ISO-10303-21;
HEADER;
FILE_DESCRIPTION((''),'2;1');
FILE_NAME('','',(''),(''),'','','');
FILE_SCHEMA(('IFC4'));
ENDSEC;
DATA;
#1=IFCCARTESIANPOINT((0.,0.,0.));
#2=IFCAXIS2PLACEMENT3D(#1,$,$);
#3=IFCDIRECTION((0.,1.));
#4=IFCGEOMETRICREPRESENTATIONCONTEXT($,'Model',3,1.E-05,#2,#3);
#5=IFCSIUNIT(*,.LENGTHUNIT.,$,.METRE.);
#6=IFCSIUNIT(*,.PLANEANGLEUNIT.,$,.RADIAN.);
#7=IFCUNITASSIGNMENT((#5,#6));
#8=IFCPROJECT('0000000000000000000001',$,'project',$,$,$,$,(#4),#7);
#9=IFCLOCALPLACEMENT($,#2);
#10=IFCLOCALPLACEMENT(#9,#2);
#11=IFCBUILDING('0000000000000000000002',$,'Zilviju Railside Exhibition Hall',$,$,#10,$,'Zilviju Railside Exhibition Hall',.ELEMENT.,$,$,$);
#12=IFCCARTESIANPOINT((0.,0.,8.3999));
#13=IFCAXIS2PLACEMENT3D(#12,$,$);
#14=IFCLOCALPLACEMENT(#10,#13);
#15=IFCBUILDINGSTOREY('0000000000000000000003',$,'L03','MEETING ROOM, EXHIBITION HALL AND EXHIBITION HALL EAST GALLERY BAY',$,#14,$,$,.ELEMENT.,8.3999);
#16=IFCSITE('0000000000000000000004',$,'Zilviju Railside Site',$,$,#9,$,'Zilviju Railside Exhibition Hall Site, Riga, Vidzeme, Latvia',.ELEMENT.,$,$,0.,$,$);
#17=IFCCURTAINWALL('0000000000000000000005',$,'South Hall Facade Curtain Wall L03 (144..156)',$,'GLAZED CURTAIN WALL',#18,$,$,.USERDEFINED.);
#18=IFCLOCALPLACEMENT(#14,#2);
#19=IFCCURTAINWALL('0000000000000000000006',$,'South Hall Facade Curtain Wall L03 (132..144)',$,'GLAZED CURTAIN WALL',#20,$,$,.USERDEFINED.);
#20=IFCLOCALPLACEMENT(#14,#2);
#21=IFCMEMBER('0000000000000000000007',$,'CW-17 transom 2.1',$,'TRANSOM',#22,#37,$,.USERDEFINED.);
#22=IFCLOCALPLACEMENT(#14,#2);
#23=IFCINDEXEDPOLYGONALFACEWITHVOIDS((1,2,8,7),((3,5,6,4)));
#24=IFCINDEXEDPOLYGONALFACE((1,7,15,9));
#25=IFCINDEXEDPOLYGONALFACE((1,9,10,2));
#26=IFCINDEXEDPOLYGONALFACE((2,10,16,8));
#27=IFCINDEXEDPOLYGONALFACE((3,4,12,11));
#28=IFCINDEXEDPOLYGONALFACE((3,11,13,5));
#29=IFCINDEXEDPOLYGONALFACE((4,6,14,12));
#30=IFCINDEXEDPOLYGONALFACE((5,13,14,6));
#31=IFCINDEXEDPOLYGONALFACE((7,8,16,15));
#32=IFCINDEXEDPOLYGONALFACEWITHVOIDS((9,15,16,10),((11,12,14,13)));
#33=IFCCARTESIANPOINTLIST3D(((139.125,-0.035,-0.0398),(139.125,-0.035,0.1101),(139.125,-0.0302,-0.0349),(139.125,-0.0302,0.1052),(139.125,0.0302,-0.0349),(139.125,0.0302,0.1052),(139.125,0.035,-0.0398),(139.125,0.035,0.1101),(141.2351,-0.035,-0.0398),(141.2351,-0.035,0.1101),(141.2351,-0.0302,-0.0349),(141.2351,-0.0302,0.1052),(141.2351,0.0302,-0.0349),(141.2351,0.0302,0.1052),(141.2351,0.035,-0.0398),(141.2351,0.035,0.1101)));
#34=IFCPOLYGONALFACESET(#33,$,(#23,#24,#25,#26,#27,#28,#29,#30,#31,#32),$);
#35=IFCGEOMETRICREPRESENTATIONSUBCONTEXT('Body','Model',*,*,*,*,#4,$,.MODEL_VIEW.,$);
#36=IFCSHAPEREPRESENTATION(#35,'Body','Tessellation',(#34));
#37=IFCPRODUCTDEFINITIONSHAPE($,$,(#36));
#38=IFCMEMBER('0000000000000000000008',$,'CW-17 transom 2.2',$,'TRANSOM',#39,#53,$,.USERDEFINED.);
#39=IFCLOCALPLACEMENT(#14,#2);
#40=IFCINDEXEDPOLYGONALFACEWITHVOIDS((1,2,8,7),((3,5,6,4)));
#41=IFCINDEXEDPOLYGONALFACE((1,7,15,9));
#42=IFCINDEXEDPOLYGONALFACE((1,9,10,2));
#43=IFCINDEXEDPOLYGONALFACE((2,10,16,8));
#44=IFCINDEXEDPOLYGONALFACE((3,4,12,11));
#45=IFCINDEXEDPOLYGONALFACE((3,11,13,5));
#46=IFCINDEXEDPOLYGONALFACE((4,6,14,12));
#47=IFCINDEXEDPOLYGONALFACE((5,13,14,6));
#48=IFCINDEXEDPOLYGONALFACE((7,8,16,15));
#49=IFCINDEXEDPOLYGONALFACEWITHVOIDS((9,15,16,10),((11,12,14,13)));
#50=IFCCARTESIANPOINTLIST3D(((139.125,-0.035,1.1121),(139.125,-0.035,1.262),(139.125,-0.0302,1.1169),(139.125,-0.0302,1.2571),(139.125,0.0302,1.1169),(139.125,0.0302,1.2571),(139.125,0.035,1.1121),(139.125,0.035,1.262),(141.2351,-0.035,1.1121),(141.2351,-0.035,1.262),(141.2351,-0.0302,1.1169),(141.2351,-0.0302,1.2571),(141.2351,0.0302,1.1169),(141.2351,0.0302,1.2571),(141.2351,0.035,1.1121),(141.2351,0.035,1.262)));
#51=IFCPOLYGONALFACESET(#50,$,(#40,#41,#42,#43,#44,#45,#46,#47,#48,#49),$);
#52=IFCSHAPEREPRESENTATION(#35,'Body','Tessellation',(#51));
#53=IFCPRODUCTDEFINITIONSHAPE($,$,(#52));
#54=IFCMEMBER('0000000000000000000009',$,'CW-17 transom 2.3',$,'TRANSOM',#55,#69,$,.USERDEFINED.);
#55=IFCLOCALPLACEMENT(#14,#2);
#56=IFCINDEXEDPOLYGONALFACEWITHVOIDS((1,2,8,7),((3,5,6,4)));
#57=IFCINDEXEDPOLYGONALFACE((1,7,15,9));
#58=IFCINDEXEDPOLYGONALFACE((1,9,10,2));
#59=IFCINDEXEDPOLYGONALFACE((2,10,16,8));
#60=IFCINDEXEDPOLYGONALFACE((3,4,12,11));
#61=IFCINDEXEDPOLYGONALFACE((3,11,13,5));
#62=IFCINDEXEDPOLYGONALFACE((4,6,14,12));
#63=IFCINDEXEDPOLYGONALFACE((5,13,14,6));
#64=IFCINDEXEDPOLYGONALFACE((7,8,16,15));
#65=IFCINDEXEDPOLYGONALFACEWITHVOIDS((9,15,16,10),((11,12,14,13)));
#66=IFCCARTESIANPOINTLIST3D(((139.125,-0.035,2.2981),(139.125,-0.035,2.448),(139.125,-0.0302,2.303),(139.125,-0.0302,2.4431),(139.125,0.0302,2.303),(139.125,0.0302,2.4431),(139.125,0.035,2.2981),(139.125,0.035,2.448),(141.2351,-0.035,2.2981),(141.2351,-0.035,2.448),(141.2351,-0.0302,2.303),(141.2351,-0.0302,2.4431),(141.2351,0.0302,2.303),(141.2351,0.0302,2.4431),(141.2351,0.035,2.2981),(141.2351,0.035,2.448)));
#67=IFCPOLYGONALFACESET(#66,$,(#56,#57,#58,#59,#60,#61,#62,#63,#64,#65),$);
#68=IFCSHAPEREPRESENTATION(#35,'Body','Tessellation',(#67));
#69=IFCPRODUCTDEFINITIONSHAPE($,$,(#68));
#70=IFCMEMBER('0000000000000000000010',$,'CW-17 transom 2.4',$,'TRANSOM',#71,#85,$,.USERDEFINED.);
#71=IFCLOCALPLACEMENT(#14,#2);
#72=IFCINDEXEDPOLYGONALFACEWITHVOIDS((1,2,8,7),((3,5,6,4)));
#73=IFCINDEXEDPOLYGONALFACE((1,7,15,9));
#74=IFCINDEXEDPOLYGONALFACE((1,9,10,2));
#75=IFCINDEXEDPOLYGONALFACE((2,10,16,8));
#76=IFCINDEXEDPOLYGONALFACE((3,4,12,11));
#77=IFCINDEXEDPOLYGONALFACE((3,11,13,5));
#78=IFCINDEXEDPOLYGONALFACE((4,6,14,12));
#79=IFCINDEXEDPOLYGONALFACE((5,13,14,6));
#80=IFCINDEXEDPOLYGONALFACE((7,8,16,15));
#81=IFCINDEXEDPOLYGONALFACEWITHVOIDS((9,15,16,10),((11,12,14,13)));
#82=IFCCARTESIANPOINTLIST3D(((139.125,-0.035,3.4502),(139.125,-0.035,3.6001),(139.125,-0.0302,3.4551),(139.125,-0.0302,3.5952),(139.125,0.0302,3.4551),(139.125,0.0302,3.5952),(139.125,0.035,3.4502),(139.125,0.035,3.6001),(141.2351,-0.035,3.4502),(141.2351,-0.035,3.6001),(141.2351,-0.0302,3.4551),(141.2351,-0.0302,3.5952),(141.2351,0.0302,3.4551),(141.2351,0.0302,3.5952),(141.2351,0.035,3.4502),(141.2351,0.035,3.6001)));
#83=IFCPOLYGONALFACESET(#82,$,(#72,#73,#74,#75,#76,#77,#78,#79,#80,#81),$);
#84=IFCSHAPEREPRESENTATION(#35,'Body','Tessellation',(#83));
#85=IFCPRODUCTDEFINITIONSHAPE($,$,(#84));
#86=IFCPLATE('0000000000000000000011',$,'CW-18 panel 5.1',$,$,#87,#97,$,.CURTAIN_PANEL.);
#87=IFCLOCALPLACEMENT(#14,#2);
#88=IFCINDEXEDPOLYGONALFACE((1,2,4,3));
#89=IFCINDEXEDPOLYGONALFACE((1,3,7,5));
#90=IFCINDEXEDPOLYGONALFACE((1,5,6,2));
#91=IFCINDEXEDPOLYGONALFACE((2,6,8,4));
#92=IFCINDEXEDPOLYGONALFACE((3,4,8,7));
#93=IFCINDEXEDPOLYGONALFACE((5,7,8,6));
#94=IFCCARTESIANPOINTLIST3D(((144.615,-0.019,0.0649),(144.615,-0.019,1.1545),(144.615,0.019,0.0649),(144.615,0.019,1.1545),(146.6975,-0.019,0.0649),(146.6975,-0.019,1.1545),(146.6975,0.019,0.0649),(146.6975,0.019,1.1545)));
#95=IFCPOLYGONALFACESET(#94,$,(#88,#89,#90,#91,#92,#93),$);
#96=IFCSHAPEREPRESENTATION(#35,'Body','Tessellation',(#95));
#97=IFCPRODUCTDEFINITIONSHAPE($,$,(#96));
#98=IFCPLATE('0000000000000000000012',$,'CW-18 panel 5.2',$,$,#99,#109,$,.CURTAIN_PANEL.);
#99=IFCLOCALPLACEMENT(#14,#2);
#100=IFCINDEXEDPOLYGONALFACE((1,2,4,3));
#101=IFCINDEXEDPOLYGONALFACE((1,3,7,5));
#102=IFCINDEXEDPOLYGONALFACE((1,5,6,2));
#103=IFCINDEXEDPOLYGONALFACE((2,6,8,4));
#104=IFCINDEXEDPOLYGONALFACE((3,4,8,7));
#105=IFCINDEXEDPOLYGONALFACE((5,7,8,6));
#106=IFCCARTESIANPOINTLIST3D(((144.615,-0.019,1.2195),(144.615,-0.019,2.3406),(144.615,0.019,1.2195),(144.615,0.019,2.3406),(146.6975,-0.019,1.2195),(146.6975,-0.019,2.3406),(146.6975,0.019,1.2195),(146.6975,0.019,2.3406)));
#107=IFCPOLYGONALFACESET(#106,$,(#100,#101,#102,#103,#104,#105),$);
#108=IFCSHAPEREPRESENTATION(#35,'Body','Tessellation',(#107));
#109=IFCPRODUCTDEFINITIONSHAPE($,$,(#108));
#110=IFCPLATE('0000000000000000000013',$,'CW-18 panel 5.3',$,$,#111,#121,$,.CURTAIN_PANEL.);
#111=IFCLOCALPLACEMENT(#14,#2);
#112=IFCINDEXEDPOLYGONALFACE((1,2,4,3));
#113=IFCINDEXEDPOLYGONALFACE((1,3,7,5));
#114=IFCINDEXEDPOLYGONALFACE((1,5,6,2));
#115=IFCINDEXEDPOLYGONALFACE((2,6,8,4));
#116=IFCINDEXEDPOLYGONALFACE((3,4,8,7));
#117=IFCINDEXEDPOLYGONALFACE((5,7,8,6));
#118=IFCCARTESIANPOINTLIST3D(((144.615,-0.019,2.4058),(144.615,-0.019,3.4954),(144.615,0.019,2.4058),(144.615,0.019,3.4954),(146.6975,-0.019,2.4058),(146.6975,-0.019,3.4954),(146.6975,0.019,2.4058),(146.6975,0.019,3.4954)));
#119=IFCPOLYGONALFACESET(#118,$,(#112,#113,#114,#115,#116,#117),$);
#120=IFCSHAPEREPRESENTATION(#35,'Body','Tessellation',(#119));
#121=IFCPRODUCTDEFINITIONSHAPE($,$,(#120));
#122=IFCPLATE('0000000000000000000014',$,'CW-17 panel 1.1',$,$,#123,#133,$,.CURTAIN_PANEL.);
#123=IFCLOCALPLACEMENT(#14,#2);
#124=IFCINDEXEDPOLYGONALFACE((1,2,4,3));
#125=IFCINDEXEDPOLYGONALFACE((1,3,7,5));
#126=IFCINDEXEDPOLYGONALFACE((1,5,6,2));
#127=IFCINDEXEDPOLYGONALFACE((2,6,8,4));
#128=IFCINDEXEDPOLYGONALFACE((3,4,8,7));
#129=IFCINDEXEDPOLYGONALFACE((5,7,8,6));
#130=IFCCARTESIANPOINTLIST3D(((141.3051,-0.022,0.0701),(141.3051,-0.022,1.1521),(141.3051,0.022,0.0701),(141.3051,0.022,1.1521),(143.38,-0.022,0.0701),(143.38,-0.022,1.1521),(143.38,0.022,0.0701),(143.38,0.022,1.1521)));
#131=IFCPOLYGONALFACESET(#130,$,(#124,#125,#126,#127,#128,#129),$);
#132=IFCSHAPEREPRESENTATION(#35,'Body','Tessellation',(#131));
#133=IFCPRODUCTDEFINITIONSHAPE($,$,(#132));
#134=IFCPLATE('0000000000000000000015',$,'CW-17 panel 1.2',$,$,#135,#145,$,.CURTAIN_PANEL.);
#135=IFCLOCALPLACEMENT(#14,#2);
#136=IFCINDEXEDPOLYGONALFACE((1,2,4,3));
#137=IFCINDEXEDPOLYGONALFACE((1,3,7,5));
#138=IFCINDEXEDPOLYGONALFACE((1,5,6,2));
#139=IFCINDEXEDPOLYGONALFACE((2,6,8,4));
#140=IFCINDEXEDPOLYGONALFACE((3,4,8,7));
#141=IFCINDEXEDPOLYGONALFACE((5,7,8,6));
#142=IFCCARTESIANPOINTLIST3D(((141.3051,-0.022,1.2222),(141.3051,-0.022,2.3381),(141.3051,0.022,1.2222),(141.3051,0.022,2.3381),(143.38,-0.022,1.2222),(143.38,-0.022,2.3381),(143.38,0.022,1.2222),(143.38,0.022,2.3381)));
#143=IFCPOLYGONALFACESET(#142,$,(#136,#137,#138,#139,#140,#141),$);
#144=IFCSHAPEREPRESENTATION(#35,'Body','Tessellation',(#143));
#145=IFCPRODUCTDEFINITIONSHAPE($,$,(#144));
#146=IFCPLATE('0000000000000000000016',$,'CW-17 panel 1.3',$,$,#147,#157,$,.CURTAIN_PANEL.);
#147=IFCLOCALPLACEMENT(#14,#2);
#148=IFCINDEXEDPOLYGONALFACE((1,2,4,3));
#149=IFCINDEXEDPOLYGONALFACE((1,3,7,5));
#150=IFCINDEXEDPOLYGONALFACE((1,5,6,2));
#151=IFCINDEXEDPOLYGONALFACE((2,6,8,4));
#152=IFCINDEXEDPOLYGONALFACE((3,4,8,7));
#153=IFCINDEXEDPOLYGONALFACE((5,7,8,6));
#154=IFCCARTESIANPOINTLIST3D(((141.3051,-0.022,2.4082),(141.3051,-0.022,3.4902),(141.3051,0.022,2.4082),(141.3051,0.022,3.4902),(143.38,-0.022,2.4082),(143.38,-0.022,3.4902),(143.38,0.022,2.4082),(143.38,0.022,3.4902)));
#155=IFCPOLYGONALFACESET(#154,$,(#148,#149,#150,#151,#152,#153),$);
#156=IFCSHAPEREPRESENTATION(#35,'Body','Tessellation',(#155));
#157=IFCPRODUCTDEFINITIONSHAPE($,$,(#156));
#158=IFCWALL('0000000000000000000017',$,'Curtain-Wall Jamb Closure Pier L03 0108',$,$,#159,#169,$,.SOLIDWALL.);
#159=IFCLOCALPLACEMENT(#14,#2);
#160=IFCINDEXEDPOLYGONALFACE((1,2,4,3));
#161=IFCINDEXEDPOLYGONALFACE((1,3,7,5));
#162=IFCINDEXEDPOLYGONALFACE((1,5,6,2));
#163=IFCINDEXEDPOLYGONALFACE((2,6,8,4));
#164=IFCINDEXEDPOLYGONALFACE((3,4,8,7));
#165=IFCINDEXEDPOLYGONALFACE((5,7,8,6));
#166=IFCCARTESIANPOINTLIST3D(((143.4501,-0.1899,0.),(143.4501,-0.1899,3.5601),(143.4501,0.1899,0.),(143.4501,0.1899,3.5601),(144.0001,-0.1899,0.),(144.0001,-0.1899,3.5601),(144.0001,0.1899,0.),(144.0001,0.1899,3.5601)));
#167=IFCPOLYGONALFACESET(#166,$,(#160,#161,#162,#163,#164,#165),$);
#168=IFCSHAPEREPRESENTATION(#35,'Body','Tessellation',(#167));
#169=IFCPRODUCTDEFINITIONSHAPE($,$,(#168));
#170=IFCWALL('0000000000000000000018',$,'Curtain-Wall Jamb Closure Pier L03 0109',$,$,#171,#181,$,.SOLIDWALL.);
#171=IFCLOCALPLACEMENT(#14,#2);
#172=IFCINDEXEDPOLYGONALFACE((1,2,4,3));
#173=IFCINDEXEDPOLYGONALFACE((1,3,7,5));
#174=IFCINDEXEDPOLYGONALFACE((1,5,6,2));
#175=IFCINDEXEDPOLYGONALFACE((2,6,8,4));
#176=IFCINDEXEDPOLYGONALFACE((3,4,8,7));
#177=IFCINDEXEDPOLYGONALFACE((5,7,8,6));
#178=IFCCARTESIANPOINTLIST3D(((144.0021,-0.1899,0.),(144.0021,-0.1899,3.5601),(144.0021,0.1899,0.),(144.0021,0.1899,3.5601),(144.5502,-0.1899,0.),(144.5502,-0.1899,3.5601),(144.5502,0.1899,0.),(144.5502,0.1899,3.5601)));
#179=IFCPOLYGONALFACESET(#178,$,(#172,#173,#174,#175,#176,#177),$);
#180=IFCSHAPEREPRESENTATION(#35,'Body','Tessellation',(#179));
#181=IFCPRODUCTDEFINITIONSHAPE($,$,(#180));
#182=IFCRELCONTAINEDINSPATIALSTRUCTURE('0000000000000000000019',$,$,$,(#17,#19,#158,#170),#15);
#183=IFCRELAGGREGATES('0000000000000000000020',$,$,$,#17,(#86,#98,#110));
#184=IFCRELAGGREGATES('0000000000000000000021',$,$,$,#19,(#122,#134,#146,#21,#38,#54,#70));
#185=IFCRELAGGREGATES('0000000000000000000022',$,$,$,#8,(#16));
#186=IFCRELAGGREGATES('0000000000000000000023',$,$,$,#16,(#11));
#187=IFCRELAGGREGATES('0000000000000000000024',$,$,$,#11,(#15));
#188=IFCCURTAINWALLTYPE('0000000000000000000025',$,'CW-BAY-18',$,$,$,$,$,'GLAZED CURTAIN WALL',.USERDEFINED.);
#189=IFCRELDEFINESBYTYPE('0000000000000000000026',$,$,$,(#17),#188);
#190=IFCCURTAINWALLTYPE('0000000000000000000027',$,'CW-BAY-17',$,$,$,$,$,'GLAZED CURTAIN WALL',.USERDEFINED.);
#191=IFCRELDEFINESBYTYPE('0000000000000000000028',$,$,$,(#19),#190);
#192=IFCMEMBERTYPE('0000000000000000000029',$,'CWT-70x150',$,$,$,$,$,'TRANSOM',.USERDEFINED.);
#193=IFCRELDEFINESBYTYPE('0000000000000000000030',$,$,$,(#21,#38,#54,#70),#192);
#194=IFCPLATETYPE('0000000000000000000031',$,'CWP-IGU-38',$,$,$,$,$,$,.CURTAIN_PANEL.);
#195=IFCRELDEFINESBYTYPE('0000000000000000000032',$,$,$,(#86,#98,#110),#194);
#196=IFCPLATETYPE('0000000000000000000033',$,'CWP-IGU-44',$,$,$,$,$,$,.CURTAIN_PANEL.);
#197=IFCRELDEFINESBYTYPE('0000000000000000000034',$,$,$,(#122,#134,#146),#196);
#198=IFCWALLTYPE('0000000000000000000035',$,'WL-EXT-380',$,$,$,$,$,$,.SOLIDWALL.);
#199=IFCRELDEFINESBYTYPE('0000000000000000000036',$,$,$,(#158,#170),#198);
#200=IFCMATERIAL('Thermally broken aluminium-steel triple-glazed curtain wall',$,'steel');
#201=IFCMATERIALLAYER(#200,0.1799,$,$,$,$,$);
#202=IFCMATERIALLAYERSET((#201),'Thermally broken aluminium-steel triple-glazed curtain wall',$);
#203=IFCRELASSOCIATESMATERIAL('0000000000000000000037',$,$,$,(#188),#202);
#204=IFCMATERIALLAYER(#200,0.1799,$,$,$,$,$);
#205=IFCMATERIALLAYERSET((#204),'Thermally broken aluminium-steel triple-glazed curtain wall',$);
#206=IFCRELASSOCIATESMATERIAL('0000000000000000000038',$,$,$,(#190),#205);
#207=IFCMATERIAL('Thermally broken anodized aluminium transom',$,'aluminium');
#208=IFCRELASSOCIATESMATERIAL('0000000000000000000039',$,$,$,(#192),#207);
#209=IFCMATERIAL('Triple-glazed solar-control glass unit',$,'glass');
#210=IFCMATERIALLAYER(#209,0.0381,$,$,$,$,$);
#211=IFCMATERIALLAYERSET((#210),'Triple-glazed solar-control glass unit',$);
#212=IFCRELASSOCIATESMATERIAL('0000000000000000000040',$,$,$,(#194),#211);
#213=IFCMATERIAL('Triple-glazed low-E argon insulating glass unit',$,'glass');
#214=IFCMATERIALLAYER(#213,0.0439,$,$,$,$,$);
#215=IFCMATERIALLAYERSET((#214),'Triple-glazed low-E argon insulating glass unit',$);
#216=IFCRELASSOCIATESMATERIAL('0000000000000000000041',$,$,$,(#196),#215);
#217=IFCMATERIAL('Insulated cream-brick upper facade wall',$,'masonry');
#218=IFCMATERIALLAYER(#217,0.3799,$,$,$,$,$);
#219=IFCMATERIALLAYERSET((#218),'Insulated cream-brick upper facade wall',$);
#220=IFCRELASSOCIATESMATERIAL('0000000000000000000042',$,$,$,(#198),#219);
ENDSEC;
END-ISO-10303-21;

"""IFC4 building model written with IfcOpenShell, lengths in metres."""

from ifc_helpers import new_model, si_unit, direction, frame, frame_2d, origin, origin_2d, place, context, subcontext, project, spatial, rectangle, hollow_rectangle, extrude, material, layer, layer_set, material_profile, profile_set, type_object, element, aggregate, save


model = new_model("IFC4")

# Units and contexts
model_context = context("Model", 3, precision=1e-05, world=origin(), true_north=direction((0.0, 1.0)))
body_context = subcontext(model_context, "Body", "Model", "MODEL_VIEW")
ifc_project = project(units=[si_unit("LENGTHUNIT", "METRE"), si_unit("PLANEANGLEUNIT", "RADIAN")], contexts=[model_context])

# Site, building, storey
site_placement = place(None, origin())
site = spatial("IfcSite", under=ifc_project, at=site_placement, Name="Zilviju Railside Site", LongName="Zilviju Railside Exhibition Hall Site, Riga, Vidzeme, Latvia", CompositionType="ELEMENT", RefElevation=0.0)
building_placement = place(site_placement, origin())
building = spatial("IfcBuilding", under=site, at=building_placement, Name="Zilviju Railside Exhibition Hall", LongName="Zilviju Railside Exhibition Hall", CompositionType="ELEMENT")
storey_placement = place(building_placement, frame((0.0, 0.0, 8.3999)))
storey = spatial("IfcBuildingStorey", under=building, at=storey_placement, Name="L03", Description="MEETING ROOM, EXHIBITION HALL AND EXHIBITION HALL EAST GALLERY BAY", CompositionType="ELEMENT", Elevation=8.3999)

# Curtain wall
ifc_material_1 = material(Name="Thermally broken aluminium-steel triple-glazed curtain wall", Category="steel")
ifc_layer_1 = layer(ifc_material_1, 0.1799)
ifc_layer_set_1 = layer_set([ifc_layer_1], Name="Thermally broken aluminium-steel triple-glazed curtain wall")
curtain_wall_type_1 = type_object("IfcCurtainWallType", Name="CW-BAY-18", ElementType="GLAZED CURTAIN WALL", PredefinedType="USERDEFINED", material=ifc_layer_set_1)
curtain_wall_1_placement = place(storey_placement, origin())
curtain_wall_1 = element("IfcCurtainWall", 1, at=curtain_wall_1_placement, inside=storey, type_object=curtain_wall_type_1, Name="South Hall Facade Curtain Wall L03 (144..156)", ObjectType="GLAZED CURTAIN WALL", PredefinedType="USERDEFINED")

# Curtain wall, members
ifc_layer_2 = layer(ifc_material_1, 0.1799)
ifc_layer_set_2 = layer_set([ifc_layer_2], Name="Thermally broken aluminium-steel triple-glazed curtain wall")
curtain_wall_type_2 = type_object("IfcCurtainWallType", Name="CW-BAY-17", ElementType="GLAZED CURTAIN WALL", PredefinedType="USERDEFINED", material=ifc_layer_set_2)
curtain_wall_2_placement = place(storey_placement, origin())
curtain_wall_2 = element("IfcCurtainWall", 2, at=curtain_wall_2_placement, inside=storey, type_object=curtain_wall_type_2, Name="South Hall Facade Curtain Wall L03 (132..144)", ObjectType="GLAZED CURTAIN WALL", PredefinedType="USERDEFINED")
ifc_material_2 = material(Name="Thermally broken anodized aluminium transom", Category="aluminium")
ifc_material_profile_1 = material_profile(ifc_material_2, hollow_rectangle(XDim=0.0701, YDim=0.1499, WallThickness=0.0049, at=origin_2d()), Name="TRANSOM 150x70x5")
ifc_profile_set_1 = profile_set([ifc_material_profile_1], Name="Thermally broken anodized aluminium transom")
member_type_1 = type_object("IfcMemberType", Name="CWT-70x150", ElementType="TRANSOM", PredefinedType="USERDEFINED", material=ifc_profile_set_1)
member_1_placement = place(storey_placement, frame((141.2351, 0.0, 0.0352), z_axis=(-1.0, 0.0, 0.0), x_axis=(0.0, -1.0, 0.0)))
member_1 = element("IfcMember", 3, at=member_1_placement, type_object=member_type_1, Name="CW-17 transom 2.1", ObjectType="TRANSOM", PredefinedType="USERDEFINED", context=body_context, shape_type="SweptSolid", body=[
    extrude(hollow_rectangle(XDim=0.0701, YDim=0.1499, WallThickness=0.0049, at=origin_2d()), origin(), (0.0, 0.0, 1.0), 2.1101),
])
member_2_placement = place(storey_placement, frame((141.2351, 0.0, 1.187), z_axis=(-1.0, 0.0, 0.0), x_axis=(0.0, -1.0, 0.0)))
member_2 = element("IfcMember", 4, at=member_2_placement, type_object=member_type_1, Name="CW-17 transom 2.2", ObjectType="TRANSOM", PredefinedType="USERDEFINED", context=body_context, shape_type="SweptSolid", body=[
    extrude(hollow_rectangle(XDim=0.0701, YDim=0.1499, WallThickness=0.0049, at=origin_2d()), origin(), (0.0, 0.0, 1.0), 2.1101),
])
member_3_placement = place(storey_placement, frame((141.2351, 0.0, 2.373), z_axis=(-1.0, 0.0, 0.0), x_axis=(0.0, -1.0, 0.0)))
member_3 = element("IfcMember", 5, at=member_3_placement, type_object=member_type_1, Name="CW-17 transom 2.3", ObjectType="TRANSOM", PredefinedType="USERDEFINED", context=body_context, shape_type="SweptSolid", body=[
    extrude(hollow_rectangle(XDim=0.0701, YDim=0.1499, WallThickness=0.0049, at=origin_2d()), origin(), (0.0, 0.0, 1.0), 2.1101),
])
member_4_placement = place(storey_placement, frame((141.2351, 0.0, 3.5251), z_axis=(-1.0, 0.0, 0.0), x_axis=(0.0, -1.0, 0.0)))
member_4 = element("IfcMember", 6, at=member_4_placement, type_object=member_type_1, Name="CW-17 transom 2.4", ObjectType="TRANSOM", PredefinedType="USERDEFINED", context=body_context, shape_type="SweptSolid", body=[
    extrude(hollow_rectangle(XDim=0.0701, YDim=0.1499, WallThickness=0.0049, at=origin_2d()), origin(), (0.0, 0.0, 1.0), 2.1101),
])

# Plates
ifc_material_3 = material(Name="Triple-glazed solar-control glass unit", Category="glass")
ifc_layer_3 = layer(ifc_material_3, 0.0381)
ifc_layer_set_3 = layer_set([ifc_layer_3], Name="Triple-glazed solar-control glass unit")
plate_type_1 = type_object("IfcPlateType", Name="CWP-IGU-38", PredefinedType="CURTAIN_PANEL", material=ifc_layer_set_3)
plate_1_placement = place(storey_placement, frame((145.6562, 0.0, 0.0649), z_axis=(0.0, 0.0, 1.0), x_axis=(-1.0, 0.0, 0.0)))
plate_1 = element("IfcPlate", 7, at=plate_1_placement, type_object=plate_type_1, Name="CW-18 panel 5.1", PredefinedType="CURTAIN_PANEL", context=body_context, shape_type="SweptSolid", body=[
    extrude(rectangle(XDim=2.0825, YDim=0.0381, at=origin_2d()), origin(), (0.0, 0.0, 1.0), 1.0896),
])
plate_2_placement = place(storey_placement, frame((145.6562, 0.0, 1.2195), z_axis=(0.0, 0.0, 1.0), x_axis=(-1.0, 0.0, 0.0)))
plate_2 = element("IfcPlate", 8, at=plate_2_placement, type_object=plate_type_1, Name="CW-18 panel 5.2", PredefinedType="CURTAIN_PANEL", context=body_context, shape_type="SweptSolid", body=[
    extrude(rectangle(XDim=2.0825, YDim=0.0381, at=origin_2d()), origin(), (0.0, 0.0, 1.0), 1.1211),
])
plate_3_placement = place(storey_placement, frame((145.6562, 0.0, 2.4058), z_axis=(0.0, 0.0, 1.0), x_axis=(-1.0, 0.0, 0.0)))
plate_3 = element("IfcPlate", 9, at=plate_3_placement, type_object=plate_type_1, Name="CW-18 panel 5.3", PredefinedType="CURTAIN_PANEL", context=body_context, shape_type="SweptSolid", body=[
    extrude(rectangle(XDim=2.0825, YDim=0.0381, at=origin_2d()), origin(), (0.0, 0.0, 1.0), 1.0896),
])
aggregate(curtain_wall_1, [plate_1, plate_2, plate_3])
ifc_material_4 = material(Name="Triple-glazed low-E argon insulating glass unit", Category="glass")
ifc_layer_4 = layer(ifc_material_4, 0.0439)
ifc_layer_set_4 = layer_set([ifc_layer_4], Name="Triple-glazed low-E argon insulating glass unit")
plate_type_2 = type_object("IfcPlateType", Name="CWP-IGU-44", PredefinedType="CURTAIN_PANEL", material=ifc_layer_set_4)
plate_4_placement = place(storey_placement, frame((142.3425, 0.0, 0.0701), z_axis=(0.0, 0.0, 1.0), x_axis=(-1.0, 0.0, 0.0)))
plate_4 = element("IfcPlate", 10, at=plate_4_placement, type_object=plate_type_2, Name="CW-17 panel 1.1", PredefinedType="CURTAIN_PANEL", context=body_context, shape_type="SweptSolid", body=[
    extrude(rectangle(XDim=2.075, YDim=0.0439, at=origin_2d()), origin(), (0.0, 0.0, 1.0), 1.082),
])
plate_5_placement = place(storey_placement, frame((142.3425, 0.0, 1.2222), z_axis=(0.0, 0.0, 1.0), x_axis=(-1.0, 0.0, 0.0)))
plate_5 = element("IfcPlate", 11, at=plate_5_placement, type_object=plate_type_2, Name="CW-17 panel 1.2", PredefinedType="CURTAIN_PANEL", context=body_context, shape_type="SweptSolid", body=[
    extrude(rectangle(XDim=2.075, YDim=0.0439, at=origin_2d()), origin(), (0.0, 0.0, 1.0), 1.116),
])
plate_6_placement = place(storey_placement, frame((142.3425, 0.0, 2.4082), z_axis=(0.0, 0.0, 1.0), x_axis=(-1.0, 0.0, 0.0)))
plate_6 = element("IfcPlate", 12, at=plate_6_placement, type_object=plate_type_2, Name="CW-17 panel 1.3", PredefinedType="CURTAIN_PANEL", context=body_context, shape_type="SweptSolid", body=[
    extrude(rectangle(XDim=2.075, YDim=0.0439, at=origin_2d()), origin(), (0.0, 0.0, 1.0), 1.082),
])
aggregate(curtain_wall_2, [plate_4, plate_5, plate_6, member_1, member_2, member_3, member_4])

# Walls
ifc_material_5 = material(Name="Insulated cream-brick upper facade wall", Category="masonry")
ifc_layer_5 = layer(ifc_material_5, 0.3799)
ifc_layer_set_5 = layer_set([ifc_layer_5], Name="Insulated cream-brick upper facade wall")
wall_type = type_object("IfcWallType", Name="WL-EXT-380", PredefinedType="SOLIDWALL", material=ifc_layer_set_5)
wall_1_placement = place(storey_placement, frame((144.0, 0.0, 0.0), z_axis=(0.0, 0.0, 1.0), x_axis=(-1.0, 0.0, 0.0)))
element("IfcWall", 13, at=wall_1_placement, inside=storey, type_object=wall_type, Name="Curtain-Wall Jamb Closure Pier L03 0108", PredefinedType="SOLIDWALL", context=body_context, shape_type="SweptSolid", body=[
    extrude(rectangle(XDim=0.55, YDim=0.3799, at=frame_2d((0.2749, 0.0))), origin(), (0.0, 0.0, 1.0), 3.5601),
])
wall_2_placement = place(storey_placement, frame((144.55, 0.0, 0.0), z_axis=(0.0, 0.0, 1.0), x_axis=(-1.0, 0.0, 0.0)))
element("IfcWall", 14, at=wall_2_placement, inside=storey, type_object=wall_type, Name="Curtain-Wall Jamb Closure Pier L03 0109", PredefinedType="SOLIDWALL", context=body_context, shape_type="SweptSolid", body=[
    extrude(rectangle(XDim=0.5481, YDim=0.3799, at=frame_2d((0.2739, 0.0))), origin(), (0.0, 0.0, 1.0), 3.5601),
])

save(model, "model.ifc")
